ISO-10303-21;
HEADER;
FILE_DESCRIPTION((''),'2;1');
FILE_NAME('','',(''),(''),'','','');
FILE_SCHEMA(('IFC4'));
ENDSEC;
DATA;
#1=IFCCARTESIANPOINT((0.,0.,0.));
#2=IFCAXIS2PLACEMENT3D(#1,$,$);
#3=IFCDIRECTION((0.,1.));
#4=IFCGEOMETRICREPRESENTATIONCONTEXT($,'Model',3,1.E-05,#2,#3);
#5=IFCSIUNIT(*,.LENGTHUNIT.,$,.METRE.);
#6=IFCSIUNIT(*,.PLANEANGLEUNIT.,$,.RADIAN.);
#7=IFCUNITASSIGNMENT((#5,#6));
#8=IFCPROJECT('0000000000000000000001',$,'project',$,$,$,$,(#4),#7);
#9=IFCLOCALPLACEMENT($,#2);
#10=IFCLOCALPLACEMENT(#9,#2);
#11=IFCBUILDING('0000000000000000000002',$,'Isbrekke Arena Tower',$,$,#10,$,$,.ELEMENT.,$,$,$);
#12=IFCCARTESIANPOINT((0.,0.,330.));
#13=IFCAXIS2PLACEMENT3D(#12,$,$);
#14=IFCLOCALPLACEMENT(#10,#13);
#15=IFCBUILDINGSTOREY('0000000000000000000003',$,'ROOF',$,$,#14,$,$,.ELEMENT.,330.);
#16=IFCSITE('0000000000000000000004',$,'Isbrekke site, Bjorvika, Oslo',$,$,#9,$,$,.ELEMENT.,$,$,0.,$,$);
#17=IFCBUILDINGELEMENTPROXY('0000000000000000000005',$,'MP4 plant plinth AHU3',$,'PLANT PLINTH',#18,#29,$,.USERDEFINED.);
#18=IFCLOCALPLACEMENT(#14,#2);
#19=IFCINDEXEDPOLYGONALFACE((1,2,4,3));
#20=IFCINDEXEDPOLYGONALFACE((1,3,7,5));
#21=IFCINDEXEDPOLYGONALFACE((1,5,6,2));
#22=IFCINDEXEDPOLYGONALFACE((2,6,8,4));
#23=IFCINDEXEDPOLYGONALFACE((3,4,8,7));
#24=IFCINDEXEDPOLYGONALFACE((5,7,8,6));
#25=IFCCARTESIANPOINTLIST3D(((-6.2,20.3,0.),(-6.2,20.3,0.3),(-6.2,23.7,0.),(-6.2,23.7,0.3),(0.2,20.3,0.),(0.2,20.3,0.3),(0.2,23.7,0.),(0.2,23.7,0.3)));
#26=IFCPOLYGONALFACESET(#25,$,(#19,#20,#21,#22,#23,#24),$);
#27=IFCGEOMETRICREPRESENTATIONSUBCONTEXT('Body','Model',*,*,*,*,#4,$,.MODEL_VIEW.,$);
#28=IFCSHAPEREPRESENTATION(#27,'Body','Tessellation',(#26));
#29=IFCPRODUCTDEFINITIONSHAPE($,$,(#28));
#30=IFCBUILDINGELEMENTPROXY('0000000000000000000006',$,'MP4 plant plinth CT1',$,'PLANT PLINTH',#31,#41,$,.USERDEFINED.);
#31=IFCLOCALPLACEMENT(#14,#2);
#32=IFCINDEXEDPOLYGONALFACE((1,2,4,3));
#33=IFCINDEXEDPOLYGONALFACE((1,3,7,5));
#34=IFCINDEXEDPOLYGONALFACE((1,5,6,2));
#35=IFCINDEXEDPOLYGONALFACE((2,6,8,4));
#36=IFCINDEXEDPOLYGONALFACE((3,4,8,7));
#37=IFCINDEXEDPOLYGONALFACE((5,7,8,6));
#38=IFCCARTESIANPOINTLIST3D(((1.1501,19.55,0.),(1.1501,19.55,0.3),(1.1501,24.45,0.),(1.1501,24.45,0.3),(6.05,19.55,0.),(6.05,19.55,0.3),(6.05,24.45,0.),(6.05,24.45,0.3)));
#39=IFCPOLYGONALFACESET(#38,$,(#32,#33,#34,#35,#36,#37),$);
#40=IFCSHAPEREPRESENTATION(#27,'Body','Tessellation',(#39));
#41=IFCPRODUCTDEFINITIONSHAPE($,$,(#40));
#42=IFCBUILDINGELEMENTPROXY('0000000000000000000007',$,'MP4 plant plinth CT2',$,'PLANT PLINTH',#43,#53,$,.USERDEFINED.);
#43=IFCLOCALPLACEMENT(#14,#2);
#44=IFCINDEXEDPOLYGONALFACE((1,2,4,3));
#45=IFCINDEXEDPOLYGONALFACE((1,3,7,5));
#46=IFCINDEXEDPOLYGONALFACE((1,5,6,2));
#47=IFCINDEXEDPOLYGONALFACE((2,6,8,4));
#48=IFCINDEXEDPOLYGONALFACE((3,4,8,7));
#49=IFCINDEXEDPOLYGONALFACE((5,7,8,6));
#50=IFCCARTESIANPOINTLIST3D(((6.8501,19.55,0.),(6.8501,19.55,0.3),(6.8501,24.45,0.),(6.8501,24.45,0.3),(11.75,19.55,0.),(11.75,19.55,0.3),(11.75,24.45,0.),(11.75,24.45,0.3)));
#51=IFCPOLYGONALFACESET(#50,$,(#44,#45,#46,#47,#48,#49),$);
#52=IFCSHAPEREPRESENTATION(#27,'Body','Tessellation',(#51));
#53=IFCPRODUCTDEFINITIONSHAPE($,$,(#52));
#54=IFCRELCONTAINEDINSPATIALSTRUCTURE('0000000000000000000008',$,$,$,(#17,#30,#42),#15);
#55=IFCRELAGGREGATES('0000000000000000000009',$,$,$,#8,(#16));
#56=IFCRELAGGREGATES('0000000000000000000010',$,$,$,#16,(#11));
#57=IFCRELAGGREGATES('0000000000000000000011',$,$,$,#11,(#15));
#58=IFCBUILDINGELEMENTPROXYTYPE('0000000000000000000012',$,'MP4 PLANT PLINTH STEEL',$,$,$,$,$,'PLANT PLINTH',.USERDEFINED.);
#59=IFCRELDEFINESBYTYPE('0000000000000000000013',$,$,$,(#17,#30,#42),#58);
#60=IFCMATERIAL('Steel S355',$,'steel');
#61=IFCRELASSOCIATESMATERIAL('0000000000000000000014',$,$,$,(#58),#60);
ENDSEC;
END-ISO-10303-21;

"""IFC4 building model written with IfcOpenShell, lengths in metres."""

from ifc_helpers import new_model, si_unit, direction, frame, origin, origin_2d, place, context, subcontext, project, spatial, rectangle, extrude, material, type_object, element, save


model = new_model("IFC4")

# Units and contexts
model_context = context("Model", 3, precision=1e-05, world=origin(), true_north=direction((0.0, 1.0)))
body_context = subcontext(model_context, "Body", "Model", "MODEL_VIEW")
ifc_project = project(units=[si_unit("LENGTHUNIT", "METRE"), si_unit("PLANEANGLEUNIT", "RADIAN")], contexts=[model_context])

# Site, building, storey
site_placement = place(None, origin())
site = spatial("IfcSite", under=ifc_project, at=site_placement, Name="Isbrekke site, Bjorvika, Oslo", CompositionType="ELEMENT", RefElevation=0.0)
building_placement = place(site_placement, origin())
building = spatial("IfcBuilding", under=site, at=building_placement, Name="Isbrekke Arena Tower", CompositionType="ELEMENT")
storey_placement = place(building_placement, frame((0.0, 0.0, 330.0)))
storey = spatial("IfcBuildingStorey", under=building, at=storey_placement, Name="ROOF", CompositionType="ELEMENT", Elevation=330.0)

# Building element proxies
ifc_material_1 = material(Name="Steel S355", Category="steel")
building_element_proxy_type_1 = type_object("IfcBuildingElementProxyType", Name="MP4 PLANT PLINTH STEEL", ElementType="PLANT PLINTH", PredefinedType="USERDEFINED", material=ifc_material_1)
for number, where, z_axis, x_axis, name in (
    (1, (-3.0, 22.0, 0.0), (0.0, 0.0, 1.0), (1.0, 0.0, 0.0), "MP4 plant plinth AHU3"),
):
    element("IfcBuildingElementProxy", number, at=place(storey_placement, frame(where, z_axis=z_axis, x_axis=x_axis)), inside=storey, type_object=building_element_proxy_type_1, Name=name, ObjectType="PLANT PLINTH", PredefinedType="USERDEFINED", context=body_context, shape_type="SweptSolid", body=[
        extrude(rectangle(XDim=6.3999, YDim=3.3999, at=origin_2d()), origin(), (0.0, 0.0, 1.0), 0.3),
    ])
for number, where, z_axis, x_axis, name in (
    (2, (3.6001, 22.0, 0.0), (0.0, 0.0, 1.0), (1.0, 0.0, 0.0), "MP4 plant plinth CT1"),
    (3, (9.3, 22.0, 0.0), (0.0, 0.0, 1.0), (1.0, 0.0, 0.0), "MP4 plant plinth CT2"),
):
    element("IfcBuildingElementProxy", number, at=place(storey_placement, frame(where, z_axis=z_axis, x_axis=x_axis)), inside=storey, type_object=building_element_proxy_type_1, Name=name, ObjectType="PLANT PLINTH", PredefinedType="USERDEFINED", context=body_context, shape_type="SweptSolid", body=[
        extrude(rectangle(XDim=4.8999, YDim=4.8999, at=origin_2d()), origin(), (0.0, 0.0, 1.0), 0.3),
    ])

save(model, "model.ifc")
